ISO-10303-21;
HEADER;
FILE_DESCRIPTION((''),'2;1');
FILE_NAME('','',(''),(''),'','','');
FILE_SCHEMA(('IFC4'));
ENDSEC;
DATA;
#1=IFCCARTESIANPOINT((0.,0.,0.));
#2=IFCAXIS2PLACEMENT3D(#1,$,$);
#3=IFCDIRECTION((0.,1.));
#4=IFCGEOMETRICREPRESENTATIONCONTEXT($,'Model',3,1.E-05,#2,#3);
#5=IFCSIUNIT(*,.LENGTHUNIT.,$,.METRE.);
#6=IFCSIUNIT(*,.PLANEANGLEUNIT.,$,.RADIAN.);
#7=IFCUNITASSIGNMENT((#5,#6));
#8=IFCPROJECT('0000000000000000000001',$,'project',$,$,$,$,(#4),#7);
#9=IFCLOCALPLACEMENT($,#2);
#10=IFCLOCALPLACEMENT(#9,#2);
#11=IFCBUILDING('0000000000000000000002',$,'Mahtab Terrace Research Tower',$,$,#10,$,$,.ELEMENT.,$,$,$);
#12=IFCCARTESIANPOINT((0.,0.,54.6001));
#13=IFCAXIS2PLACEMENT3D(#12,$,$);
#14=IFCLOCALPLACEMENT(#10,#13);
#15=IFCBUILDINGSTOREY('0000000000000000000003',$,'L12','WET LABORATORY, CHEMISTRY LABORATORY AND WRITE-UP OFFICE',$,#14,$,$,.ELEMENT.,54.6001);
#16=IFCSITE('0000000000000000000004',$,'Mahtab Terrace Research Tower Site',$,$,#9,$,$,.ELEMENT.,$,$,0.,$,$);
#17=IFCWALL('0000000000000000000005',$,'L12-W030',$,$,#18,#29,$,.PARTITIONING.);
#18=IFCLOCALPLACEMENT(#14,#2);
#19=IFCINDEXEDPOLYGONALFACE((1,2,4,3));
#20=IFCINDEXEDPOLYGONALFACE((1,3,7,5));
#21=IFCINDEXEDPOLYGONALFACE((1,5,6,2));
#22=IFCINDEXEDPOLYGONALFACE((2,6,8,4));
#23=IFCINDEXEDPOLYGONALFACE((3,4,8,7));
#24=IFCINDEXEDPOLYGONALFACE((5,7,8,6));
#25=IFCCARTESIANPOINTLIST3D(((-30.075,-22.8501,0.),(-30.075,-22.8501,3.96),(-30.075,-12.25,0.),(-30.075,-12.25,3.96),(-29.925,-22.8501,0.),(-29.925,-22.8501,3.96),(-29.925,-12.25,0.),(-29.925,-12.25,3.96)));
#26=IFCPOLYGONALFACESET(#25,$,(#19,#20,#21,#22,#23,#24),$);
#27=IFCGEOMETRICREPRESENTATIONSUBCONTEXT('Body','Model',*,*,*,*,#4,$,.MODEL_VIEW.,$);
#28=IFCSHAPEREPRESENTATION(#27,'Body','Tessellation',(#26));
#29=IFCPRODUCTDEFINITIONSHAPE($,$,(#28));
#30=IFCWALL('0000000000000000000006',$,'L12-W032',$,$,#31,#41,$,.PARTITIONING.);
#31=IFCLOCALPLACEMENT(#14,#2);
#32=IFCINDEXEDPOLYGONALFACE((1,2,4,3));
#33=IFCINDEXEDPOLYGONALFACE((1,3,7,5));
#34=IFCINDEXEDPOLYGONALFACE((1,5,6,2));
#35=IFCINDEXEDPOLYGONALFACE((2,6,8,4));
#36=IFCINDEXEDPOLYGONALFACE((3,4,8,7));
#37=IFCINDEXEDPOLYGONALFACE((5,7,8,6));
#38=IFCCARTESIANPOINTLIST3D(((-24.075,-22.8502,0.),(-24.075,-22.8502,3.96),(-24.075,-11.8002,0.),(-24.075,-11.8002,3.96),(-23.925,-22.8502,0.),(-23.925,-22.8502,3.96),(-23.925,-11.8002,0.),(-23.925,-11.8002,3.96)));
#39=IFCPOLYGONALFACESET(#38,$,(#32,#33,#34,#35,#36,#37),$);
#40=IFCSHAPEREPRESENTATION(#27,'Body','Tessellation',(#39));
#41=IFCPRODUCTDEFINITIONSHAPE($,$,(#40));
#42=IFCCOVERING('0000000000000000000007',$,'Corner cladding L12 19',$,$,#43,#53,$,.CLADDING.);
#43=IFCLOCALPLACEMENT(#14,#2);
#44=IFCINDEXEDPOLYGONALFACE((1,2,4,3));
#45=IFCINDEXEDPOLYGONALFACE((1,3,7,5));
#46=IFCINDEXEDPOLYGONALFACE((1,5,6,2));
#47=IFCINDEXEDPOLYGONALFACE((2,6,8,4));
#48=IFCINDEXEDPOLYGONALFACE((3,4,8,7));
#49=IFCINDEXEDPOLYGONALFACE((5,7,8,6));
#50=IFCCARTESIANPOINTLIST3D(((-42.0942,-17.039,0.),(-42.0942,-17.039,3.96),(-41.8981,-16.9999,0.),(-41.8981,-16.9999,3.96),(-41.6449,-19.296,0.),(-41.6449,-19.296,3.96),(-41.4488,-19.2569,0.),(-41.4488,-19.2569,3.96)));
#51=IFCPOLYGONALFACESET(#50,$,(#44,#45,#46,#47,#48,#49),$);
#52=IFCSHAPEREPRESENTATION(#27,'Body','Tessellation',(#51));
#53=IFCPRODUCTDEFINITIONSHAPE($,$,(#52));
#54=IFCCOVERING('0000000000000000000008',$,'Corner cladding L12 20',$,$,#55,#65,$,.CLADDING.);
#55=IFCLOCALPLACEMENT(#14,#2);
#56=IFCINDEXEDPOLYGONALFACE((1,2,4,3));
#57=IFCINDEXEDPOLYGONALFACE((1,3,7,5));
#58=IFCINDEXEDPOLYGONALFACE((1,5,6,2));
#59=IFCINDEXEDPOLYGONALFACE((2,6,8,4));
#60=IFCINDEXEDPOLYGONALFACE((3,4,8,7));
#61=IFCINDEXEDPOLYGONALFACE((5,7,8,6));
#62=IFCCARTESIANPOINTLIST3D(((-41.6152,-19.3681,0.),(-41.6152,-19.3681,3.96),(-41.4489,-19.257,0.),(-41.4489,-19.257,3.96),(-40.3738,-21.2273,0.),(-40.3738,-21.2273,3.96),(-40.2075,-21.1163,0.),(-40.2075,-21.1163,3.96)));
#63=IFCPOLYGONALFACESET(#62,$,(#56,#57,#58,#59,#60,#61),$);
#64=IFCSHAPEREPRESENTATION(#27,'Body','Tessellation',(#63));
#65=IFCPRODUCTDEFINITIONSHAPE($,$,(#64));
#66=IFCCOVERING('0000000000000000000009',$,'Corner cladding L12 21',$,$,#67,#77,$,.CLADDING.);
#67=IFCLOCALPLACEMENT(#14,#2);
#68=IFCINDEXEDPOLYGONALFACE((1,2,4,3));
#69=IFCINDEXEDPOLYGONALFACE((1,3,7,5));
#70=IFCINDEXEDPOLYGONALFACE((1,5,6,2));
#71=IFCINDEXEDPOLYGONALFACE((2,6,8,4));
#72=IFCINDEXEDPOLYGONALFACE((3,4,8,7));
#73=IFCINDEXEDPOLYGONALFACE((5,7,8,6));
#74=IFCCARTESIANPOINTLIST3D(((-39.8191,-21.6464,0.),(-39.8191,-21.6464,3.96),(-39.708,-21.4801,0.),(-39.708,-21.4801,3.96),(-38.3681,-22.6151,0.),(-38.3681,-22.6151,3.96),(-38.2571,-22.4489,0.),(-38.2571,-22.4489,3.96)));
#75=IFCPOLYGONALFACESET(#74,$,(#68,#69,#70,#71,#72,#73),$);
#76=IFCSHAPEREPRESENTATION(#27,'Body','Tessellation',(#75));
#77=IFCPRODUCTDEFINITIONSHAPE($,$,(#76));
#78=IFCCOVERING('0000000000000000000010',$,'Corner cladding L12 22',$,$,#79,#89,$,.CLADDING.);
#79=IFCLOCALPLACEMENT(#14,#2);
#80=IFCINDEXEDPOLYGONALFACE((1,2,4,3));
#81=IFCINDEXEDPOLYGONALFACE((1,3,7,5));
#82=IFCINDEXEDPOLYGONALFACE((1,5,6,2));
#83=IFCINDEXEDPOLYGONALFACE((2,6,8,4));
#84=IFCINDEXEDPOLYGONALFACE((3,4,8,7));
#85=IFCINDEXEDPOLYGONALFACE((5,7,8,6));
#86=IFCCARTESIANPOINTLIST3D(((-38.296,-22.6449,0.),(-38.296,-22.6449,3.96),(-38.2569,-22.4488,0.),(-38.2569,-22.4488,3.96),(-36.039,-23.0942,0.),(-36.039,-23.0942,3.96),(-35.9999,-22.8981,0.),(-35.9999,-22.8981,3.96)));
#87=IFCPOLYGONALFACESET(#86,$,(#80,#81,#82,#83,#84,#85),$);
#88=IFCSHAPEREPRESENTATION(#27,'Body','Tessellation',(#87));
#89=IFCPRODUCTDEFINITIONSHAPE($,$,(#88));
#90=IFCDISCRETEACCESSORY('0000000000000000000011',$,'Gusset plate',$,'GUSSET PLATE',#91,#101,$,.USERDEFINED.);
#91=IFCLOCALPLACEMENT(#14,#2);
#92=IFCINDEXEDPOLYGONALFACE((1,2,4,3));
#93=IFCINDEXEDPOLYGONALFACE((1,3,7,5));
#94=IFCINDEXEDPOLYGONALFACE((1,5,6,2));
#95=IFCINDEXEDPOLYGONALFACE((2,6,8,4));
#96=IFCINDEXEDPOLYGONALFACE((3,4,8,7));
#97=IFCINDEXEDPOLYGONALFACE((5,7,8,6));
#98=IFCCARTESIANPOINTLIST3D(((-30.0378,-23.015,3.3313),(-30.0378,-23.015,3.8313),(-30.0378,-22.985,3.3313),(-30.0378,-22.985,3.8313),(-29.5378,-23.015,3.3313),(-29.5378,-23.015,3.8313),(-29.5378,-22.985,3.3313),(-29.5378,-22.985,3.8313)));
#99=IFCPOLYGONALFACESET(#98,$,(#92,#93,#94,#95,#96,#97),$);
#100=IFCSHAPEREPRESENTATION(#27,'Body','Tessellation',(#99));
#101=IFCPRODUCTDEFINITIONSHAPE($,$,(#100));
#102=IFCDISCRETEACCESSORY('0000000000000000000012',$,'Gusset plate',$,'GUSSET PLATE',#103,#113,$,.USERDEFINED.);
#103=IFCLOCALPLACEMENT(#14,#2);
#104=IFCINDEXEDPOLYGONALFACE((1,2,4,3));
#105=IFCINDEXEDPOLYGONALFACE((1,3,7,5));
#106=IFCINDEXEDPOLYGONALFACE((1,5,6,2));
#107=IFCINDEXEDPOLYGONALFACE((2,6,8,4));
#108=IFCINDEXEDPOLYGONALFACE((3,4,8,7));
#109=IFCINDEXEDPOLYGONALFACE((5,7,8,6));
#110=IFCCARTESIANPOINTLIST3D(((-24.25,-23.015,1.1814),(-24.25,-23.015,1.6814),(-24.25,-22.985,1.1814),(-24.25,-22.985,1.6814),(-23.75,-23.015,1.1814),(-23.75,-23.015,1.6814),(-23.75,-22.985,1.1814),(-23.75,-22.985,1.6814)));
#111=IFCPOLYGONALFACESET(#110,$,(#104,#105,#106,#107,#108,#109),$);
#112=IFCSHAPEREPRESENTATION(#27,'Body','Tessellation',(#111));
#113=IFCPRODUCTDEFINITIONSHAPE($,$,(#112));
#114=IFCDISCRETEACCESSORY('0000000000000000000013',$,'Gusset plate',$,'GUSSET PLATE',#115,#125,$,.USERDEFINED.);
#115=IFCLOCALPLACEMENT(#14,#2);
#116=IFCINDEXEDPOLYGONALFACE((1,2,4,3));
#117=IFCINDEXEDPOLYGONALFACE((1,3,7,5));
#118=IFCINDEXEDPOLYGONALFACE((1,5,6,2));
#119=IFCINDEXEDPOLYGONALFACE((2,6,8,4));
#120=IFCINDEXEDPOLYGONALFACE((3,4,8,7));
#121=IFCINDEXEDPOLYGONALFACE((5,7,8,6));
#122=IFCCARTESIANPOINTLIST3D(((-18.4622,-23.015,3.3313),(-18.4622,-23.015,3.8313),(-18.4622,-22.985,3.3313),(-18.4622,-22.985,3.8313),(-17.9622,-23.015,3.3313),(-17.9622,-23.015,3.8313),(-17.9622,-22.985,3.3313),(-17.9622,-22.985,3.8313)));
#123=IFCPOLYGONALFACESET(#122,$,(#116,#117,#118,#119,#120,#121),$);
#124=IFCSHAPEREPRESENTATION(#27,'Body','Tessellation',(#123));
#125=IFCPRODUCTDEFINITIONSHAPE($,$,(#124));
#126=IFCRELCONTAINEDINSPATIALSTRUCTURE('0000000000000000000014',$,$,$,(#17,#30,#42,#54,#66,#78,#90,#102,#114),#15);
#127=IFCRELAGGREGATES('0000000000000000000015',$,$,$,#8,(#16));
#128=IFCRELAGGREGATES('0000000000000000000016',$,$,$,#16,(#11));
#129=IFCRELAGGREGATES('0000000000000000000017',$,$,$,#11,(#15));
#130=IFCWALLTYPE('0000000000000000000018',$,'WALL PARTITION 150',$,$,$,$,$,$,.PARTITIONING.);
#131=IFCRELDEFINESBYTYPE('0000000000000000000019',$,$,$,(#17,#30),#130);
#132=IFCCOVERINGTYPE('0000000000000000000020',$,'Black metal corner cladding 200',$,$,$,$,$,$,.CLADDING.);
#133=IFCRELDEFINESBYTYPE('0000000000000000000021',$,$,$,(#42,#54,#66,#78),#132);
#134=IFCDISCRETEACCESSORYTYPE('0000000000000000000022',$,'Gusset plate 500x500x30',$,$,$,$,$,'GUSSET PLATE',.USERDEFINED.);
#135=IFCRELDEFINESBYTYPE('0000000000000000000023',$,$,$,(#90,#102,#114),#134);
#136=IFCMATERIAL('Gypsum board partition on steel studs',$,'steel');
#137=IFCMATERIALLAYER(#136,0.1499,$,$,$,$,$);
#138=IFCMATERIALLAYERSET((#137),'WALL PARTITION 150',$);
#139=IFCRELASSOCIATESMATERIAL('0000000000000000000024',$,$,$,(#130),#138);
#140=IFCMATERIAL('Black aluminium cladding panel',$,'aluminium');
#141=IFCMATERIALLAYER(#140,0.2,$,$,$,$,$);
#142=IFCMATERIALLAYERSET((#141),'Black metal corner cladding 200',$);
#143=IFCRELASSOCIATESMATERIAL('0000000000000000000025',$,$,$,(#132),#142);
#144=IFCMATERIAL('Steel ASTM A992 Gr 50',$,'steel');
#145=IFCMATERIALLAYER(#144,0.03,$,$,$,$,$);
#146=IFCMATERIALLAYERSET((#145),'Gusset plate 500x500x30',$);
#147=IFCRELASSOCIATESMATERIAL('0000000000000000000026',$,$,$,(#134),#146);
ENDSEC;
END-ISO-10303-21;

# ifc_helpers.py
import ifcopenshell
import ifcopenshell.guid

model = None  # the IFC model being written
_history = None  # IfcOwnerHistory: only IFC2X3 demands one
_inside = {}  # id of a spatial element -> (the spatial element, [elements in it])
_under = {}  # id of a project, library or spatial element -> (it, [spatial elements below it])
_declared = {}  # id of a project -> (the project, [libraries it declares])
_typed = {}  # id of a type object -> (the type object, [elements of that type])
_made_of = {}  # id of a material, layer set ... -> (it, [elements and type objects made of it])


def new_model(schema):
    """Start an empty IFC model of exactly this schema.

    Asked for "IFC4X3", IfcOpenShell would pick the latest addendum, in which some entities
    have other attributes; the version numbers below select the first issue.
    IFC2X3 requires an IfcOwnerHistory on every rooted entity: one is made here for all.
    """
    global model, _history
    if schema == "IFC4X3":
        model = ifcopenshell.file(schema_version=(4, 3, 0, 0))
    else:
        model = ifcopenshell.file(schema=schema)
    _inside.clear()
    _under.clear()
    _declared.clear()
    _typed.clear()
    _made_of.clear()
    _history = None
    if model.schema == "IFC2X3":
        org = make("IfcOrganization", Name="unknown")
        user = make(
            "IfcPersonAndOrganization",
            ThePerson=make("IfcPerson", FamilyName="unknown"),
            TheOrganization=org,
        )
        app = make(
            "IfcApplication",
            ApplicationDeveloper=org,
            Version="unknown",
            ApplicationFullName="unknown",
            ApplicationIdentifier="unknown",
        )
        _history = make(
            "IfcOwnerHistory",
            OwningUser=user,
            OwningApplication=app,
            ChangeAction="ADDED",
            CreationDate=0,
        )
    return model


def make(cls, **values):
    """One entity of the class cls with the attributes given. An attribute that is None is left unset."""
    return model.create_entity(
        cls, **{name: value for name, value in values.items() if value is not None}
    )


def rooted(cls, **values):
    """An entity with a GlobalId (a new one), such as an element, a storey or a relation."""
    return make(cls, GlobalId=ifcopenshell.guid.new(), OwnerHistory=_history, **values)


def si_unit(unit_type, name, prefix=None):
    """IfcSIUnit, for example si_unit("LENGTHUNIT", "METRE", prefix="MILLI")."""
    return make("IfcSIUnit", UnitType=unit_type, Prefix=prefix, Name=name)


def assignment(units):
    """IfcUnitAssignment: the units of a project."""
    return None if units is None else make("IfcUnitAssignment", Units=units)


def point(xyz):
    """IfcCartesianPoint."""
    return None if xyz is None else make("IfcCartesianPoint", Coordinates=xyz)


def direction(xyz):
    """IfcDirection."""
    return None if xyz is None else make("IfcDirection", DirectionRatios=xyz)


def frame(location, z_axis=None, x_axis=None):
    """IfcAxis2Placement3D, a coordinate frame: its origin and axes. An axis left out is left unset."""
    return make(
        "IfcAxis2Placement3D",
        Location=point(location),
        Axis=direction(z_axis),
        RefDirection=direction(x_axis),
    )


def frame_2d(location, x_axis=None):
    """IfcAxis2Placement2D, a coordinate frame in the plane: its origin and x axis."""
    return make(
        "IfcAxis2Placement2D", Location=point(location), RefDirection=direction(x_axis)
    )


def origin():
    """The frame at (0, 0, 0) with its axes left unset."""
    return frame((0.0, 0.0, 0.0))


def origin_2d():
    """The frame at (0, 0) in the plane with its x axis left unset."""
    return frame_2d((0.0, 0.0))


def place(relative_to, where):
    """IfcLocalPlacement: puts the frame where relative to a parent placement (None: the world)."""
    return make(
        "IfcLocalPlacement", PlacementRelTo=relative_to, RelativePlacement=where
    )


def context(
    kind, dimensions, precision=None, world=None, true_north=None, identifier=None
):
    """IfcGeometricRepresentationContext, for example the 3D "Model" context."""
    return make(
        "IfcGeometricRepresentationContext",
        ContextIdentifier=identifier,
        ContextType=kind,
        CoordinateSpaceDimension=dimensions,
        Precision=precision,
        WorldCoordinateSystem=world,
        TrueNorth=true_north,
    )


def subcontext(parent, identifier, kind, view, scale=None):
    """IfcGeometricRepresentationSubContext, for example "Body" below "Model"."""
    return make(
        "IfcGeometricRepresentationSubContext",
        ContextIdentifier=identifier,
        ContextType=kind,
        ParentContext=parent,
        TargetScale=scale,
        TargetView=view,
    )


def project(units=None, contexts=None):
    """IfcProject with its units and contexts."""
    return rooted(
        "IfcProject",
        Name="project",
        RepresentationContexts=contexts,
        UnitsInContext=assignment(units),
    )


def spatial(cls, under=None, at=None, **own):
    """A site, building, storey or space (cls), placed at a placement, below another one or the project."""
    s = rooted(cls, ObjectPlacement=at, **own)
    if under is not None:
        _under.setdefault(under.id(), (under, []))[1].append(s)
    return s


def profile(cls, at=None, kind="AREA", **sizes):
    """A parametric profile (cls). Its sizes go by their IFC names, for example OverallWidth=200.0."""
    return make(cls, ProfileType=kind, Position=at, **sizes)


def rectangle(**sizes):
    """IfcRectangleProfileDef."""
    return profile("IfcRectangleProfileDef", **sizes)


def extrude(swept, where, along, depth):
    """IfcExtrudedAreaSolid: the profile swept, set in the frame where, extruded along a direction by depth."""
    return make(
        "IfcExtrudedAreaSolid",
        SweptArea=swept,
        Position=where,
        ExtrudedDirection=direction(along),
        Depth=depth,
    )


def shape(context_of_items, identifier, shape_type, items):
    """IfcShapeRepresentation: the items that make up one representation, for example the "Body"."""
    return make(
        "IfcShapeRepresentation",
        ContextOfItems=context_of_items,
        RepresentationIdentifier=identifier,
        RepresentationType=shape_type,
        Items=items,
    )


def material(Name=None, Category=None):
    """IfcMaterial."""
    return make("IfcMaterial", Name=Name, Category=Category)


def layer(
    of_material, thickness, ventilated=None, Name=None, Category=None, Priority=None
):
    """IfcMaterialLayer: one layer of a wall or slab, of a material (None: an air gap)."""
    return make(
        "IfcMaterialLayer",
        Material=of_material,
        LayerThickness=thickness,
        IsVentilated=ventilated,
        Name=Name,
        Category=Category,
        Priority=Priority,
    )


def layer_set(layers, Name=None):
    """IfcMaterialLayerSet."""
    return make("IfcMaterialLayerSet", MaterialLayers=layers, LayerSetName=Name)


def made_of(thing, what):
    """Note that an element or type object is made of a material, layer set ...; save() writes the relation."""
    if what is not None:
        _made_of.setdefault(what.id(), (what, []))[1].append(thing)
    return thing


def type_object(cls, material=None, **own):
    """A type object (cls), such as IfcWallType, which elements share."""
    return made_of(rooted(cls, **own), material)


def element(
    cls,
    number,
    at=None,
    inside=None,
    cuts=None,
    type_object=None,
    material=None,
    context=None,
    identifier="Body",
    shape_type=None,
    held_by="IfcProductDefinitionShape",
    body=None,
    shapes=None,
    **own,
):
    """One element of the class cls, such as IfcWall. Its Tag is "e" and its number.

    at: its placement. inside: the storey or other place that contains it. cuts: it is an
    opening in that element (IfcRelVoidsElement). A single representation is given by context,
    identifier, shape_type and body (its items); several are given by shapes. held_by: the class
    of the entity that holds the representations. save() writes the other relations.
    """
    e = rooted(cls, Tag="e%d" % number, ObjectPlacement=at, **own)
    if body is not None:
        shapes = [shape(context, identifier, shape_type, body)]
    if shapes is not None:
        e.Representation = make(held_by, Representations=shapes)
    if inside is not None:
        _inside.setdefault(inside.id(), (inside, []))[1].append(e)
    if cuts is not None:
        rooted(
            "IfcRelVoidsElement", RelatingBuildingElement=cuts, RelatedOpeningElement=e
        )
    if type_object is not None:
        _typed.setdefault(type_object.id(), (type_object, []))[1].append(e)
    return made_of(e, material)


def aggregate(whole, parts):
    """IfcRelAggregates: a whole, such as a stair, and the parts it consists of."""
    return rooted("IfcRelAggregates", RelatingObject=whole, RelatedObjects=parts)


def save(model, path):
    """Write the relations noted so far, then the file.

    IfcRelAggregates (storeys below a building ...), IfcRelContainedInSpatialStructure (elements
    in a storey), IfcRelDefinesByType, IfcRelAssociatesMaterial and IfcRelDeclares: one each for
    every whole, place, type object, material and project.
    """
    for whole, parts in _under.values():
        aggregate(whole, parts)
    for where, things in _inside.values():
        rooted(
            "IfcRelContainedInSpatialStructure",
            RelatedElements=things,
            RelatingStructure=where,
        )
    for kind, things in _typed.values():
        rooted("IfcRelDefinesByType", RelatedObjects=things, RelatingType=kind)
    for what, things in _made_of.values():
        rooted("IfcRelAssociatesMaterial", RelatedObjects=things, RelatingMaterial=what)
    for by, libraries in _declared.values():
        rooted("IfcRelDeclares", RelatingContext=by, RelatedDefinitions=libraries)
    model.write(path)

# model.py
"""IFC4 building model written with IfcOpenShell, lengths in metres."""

from ifc_helpers import new_model, si_unit, direction, frame, frame_2d, origin, origin_2d, place, context, subcontext, project, spatial, rectangle, extrude, material, layer, layer_set, type_object, element, save


model = new_model("IFC4")

# Units and contexts
model_context = context("Model", 3, precision=1e-05, world=origin(), true_north=direction((0.0, 1.0)))
body_context = subcontext(model_context, "Body", "Model", "MODEL_VIEW")
ifc_project = project(units=[si_unit("LENGTHUNIT", "METRE"), si_unit("PLANEANGLEUNIT", "RADIAN")], contexts=[model_context])

# Site, building, storey
site_placement = place(None, origin())
site = spatial("IfcSite", under=ifc_project, at=site_placement, Name="Mahtab Terrace Research Tower Site", CompositionType="ELEMENT", RefElevation=0.0)
building_placement = place(site_placement, origin())
building = spatial("IfcBuilding", under=site, at=building_placement, Name="Mahtab Terrace Research Tower", CompositionType="ELEMENT")
storey_placement = place(building_placement, frame((0.0, 0.0, 54.6001)))
storey = spatial("IfcBuildingStorey", under=building, at=storey_placement, Name="L12", Description="WET LABORATORY, CHEMISTRY LABORATORY AND WRITE-UP OFFICE", CompositionType="ELEMENT", Elevation=54.6001)

# Shared definitions
ifc_material_1 = material(Name="Steel ASTM A992 Gr 50", Category="steel")

# Shared definitions
ifc_material_2 = material(Name="Black aluminium cladding panel", Category="aluminium")

# Walls
ifc_material_3 = material(Name="Gypsum board partition on steel studs", Category="steel")
ifc_layer_1 = layer(ifc_material_3, 0.1499)
ifc_layer_set_1 = layer_set([ifc_layer_1], Name="WALL PARTITION 150")
wall_type_1 = type_object("IfcWallType", Name="WALL PARTITION 150", PredefinedType="PARTITIONING", material=ifc_layer_set_1)
wall_1_placement = place(storey_placement, frame((-30.0, -22.8501, 0.0), z_axis=(0.0, 0.0, 1.0), x_axis=(0.0, 1.0, 0.0)))
element("IfcWall", 1, at=wall_1_placement, inside=storey, type_object=wall_type_1, Name="L12-W030", PredefinedType="PARTITIONING", context=body_context, shape_type="SweptSolid", body=[
    extrude(rectangle(XDim=10.6001, YDim=0.1499, at=frame_2d((5.3, 0.0))), origin(), (0.0, 0.0, 1.0), 3.96),
])
wall_2_placement = place(storey_placement, frame((-24.0, -22.8501, 0.0), z_axis=(0.0, 0.0, 1.0), x_axis=(0.0, 1.0, 0.0)))
element("IfcWall", 2, at=wall_2_placement, inside=storey, type_object=wall_type_1, Name="L12-W032", PredefinedType="PARTITIONING", context=body_context, shape_type="SweptSolid", body=[
    extrude(rectangle(XDim=11.05, YDim=0.1499, at=frame_2d((5.5249, 0.0))), origin(), (0.0, 0.0, 1.0), 3.96),
])

# Coverings
ifc_layer_2 = layer(ifc_material_2, 0.2)
ifc_layer_set_2 = layer_set([ifc_layer_2], Name="Black metal corner cladding 200")
covering_type = type_object("IfcCoveringType", Name="Black metal corner cladding 200", PredefinedType="CLADDING", material=ifc_layer_set_2)
covering_1_placement = place(storey_placement, frame((-41.7715, -18.1479, 0.0), z_axis=(0.0, 0.0, 1.0), x_axis=(0.195212, -0.980761, 0.0)))
element("IfcCovering", 3, at=covering_1_placement, inside=storey, type_object=covering_type, Name="Corner cladding L12 19", PredefinedType="CLADDING", context=body_context, shape_type="SweptSolid", body=[
    extrude(rectangle(XDim=2.3013, YDim=0.2, at=origin_2d()), origin(), (0.0, 0.0, 1.0), 3.96),
])
covering_2_placement = place(storey_placement, frame((-40.9114, -20.2422, 0.0), z_axis=(0.0, 0.0, 1.0), x_axis=(0.555291, -0.831656, 0.0)))
element("IfcCovering", 4, at=covering_2_placement, inside=storey, type_object=covering_type, Name="Corner cladding L12 20", PredefinedType="CLADDING", context=body_context, shape_type="SweptSolid", body=[
    extrude(rectangle(XDim=2.2356, YDim=0.2, at=origin_2d()), origin(), (0.0, 0.0, 1.0), 3.96),
])
covering_3_placement = place(storey_placement, frame((-39.0381, -22.0476, 0.0), z_axis=(0.0, 0.0, 1.0), x_axis=(0.831656, -0.555291, 0.0)))
element("IfcCovering", 5, at=covering_3_placement, inside=storey, type_object=covering_type, Name="Corner cladding L12 21", PredefinedType="CLADDING", context=body_context, shape_type="SweptSolid", body=[
    extrude(rectangle(XDim=1.7446, YDim=0.2, at=origin_2d()), origin(), (0.0, 0.0, 1.0), 3.96),
])
covering_4_placement = place(storey_placement, frame((-37.1479, -22.7715, 0.0), z_axis=(0.0, 0.0, 1.0), x_axis=(0.980761, -0.195212, 0.0)))
element("IfcCovering", 6, at=covering_4_placement, inside=storey, type_object=covering_type, Name="Corner cladding L12 22", PredefinedType="CLADDING", context=body_context, shape_type="SweptSolid", body=[
    extrude(rectangle(XDim=2.3013, YDim=0.2, at=origin_2d()), origin(), (0.0, 0.0, 1.0), 3.96),
])

# Discrete accessories
ifc_layer_3 = layer(ifc_material_1, 0.03)
ifc_layer_set_3 = layer_set([ifc_layer_3], Name="Gusset plate 500x500x30")
discrete_accessory_type = type_object("IfcDiscreteAccessoryType", Name="Gusset plate 500x500x30", ElementType="GUSSET PLATE", PredefinedType="USERDEFINED", material=ifc_layer_set_3)
for number, where, z_axis, x_axis, name in (
    (7, (-29.7878, -23.0, 3.3313), (0.0, 0.0, 1.0), (1.0, 0.0, 0.0), "Gusset plate"),
    (8, (-24.0, -23.0, 1.1814), (0.0, 0.0, 1.0), (1.0, 0.0, 0.0), "Gusset plate"),
    (9, (-18.2122, -23.0, 3.3313), (0.0, 0.0, 1.0), (1.0, 0.0, 0.0), "Gusset plate"),
):
    element("IfcDiscreteAccessory", number, at=place(storey_placement, frame(where, z_axis=z_axis, x_axis=x_axis)), inside=storey, type_object=discrete_accessory_type, Name=name, ObjectType="GUSSET PLATE", PredefinedType="USERDEFINED", context=body_context, shape_type="SweptSolid", body=[
        extrude(rectangle(XDim=0.5, YDim=0.03, at=origin_2d()), origin(), (0.0, 0.0, 1.0), 0.5),
    ])

save(model, "model.ifc")
